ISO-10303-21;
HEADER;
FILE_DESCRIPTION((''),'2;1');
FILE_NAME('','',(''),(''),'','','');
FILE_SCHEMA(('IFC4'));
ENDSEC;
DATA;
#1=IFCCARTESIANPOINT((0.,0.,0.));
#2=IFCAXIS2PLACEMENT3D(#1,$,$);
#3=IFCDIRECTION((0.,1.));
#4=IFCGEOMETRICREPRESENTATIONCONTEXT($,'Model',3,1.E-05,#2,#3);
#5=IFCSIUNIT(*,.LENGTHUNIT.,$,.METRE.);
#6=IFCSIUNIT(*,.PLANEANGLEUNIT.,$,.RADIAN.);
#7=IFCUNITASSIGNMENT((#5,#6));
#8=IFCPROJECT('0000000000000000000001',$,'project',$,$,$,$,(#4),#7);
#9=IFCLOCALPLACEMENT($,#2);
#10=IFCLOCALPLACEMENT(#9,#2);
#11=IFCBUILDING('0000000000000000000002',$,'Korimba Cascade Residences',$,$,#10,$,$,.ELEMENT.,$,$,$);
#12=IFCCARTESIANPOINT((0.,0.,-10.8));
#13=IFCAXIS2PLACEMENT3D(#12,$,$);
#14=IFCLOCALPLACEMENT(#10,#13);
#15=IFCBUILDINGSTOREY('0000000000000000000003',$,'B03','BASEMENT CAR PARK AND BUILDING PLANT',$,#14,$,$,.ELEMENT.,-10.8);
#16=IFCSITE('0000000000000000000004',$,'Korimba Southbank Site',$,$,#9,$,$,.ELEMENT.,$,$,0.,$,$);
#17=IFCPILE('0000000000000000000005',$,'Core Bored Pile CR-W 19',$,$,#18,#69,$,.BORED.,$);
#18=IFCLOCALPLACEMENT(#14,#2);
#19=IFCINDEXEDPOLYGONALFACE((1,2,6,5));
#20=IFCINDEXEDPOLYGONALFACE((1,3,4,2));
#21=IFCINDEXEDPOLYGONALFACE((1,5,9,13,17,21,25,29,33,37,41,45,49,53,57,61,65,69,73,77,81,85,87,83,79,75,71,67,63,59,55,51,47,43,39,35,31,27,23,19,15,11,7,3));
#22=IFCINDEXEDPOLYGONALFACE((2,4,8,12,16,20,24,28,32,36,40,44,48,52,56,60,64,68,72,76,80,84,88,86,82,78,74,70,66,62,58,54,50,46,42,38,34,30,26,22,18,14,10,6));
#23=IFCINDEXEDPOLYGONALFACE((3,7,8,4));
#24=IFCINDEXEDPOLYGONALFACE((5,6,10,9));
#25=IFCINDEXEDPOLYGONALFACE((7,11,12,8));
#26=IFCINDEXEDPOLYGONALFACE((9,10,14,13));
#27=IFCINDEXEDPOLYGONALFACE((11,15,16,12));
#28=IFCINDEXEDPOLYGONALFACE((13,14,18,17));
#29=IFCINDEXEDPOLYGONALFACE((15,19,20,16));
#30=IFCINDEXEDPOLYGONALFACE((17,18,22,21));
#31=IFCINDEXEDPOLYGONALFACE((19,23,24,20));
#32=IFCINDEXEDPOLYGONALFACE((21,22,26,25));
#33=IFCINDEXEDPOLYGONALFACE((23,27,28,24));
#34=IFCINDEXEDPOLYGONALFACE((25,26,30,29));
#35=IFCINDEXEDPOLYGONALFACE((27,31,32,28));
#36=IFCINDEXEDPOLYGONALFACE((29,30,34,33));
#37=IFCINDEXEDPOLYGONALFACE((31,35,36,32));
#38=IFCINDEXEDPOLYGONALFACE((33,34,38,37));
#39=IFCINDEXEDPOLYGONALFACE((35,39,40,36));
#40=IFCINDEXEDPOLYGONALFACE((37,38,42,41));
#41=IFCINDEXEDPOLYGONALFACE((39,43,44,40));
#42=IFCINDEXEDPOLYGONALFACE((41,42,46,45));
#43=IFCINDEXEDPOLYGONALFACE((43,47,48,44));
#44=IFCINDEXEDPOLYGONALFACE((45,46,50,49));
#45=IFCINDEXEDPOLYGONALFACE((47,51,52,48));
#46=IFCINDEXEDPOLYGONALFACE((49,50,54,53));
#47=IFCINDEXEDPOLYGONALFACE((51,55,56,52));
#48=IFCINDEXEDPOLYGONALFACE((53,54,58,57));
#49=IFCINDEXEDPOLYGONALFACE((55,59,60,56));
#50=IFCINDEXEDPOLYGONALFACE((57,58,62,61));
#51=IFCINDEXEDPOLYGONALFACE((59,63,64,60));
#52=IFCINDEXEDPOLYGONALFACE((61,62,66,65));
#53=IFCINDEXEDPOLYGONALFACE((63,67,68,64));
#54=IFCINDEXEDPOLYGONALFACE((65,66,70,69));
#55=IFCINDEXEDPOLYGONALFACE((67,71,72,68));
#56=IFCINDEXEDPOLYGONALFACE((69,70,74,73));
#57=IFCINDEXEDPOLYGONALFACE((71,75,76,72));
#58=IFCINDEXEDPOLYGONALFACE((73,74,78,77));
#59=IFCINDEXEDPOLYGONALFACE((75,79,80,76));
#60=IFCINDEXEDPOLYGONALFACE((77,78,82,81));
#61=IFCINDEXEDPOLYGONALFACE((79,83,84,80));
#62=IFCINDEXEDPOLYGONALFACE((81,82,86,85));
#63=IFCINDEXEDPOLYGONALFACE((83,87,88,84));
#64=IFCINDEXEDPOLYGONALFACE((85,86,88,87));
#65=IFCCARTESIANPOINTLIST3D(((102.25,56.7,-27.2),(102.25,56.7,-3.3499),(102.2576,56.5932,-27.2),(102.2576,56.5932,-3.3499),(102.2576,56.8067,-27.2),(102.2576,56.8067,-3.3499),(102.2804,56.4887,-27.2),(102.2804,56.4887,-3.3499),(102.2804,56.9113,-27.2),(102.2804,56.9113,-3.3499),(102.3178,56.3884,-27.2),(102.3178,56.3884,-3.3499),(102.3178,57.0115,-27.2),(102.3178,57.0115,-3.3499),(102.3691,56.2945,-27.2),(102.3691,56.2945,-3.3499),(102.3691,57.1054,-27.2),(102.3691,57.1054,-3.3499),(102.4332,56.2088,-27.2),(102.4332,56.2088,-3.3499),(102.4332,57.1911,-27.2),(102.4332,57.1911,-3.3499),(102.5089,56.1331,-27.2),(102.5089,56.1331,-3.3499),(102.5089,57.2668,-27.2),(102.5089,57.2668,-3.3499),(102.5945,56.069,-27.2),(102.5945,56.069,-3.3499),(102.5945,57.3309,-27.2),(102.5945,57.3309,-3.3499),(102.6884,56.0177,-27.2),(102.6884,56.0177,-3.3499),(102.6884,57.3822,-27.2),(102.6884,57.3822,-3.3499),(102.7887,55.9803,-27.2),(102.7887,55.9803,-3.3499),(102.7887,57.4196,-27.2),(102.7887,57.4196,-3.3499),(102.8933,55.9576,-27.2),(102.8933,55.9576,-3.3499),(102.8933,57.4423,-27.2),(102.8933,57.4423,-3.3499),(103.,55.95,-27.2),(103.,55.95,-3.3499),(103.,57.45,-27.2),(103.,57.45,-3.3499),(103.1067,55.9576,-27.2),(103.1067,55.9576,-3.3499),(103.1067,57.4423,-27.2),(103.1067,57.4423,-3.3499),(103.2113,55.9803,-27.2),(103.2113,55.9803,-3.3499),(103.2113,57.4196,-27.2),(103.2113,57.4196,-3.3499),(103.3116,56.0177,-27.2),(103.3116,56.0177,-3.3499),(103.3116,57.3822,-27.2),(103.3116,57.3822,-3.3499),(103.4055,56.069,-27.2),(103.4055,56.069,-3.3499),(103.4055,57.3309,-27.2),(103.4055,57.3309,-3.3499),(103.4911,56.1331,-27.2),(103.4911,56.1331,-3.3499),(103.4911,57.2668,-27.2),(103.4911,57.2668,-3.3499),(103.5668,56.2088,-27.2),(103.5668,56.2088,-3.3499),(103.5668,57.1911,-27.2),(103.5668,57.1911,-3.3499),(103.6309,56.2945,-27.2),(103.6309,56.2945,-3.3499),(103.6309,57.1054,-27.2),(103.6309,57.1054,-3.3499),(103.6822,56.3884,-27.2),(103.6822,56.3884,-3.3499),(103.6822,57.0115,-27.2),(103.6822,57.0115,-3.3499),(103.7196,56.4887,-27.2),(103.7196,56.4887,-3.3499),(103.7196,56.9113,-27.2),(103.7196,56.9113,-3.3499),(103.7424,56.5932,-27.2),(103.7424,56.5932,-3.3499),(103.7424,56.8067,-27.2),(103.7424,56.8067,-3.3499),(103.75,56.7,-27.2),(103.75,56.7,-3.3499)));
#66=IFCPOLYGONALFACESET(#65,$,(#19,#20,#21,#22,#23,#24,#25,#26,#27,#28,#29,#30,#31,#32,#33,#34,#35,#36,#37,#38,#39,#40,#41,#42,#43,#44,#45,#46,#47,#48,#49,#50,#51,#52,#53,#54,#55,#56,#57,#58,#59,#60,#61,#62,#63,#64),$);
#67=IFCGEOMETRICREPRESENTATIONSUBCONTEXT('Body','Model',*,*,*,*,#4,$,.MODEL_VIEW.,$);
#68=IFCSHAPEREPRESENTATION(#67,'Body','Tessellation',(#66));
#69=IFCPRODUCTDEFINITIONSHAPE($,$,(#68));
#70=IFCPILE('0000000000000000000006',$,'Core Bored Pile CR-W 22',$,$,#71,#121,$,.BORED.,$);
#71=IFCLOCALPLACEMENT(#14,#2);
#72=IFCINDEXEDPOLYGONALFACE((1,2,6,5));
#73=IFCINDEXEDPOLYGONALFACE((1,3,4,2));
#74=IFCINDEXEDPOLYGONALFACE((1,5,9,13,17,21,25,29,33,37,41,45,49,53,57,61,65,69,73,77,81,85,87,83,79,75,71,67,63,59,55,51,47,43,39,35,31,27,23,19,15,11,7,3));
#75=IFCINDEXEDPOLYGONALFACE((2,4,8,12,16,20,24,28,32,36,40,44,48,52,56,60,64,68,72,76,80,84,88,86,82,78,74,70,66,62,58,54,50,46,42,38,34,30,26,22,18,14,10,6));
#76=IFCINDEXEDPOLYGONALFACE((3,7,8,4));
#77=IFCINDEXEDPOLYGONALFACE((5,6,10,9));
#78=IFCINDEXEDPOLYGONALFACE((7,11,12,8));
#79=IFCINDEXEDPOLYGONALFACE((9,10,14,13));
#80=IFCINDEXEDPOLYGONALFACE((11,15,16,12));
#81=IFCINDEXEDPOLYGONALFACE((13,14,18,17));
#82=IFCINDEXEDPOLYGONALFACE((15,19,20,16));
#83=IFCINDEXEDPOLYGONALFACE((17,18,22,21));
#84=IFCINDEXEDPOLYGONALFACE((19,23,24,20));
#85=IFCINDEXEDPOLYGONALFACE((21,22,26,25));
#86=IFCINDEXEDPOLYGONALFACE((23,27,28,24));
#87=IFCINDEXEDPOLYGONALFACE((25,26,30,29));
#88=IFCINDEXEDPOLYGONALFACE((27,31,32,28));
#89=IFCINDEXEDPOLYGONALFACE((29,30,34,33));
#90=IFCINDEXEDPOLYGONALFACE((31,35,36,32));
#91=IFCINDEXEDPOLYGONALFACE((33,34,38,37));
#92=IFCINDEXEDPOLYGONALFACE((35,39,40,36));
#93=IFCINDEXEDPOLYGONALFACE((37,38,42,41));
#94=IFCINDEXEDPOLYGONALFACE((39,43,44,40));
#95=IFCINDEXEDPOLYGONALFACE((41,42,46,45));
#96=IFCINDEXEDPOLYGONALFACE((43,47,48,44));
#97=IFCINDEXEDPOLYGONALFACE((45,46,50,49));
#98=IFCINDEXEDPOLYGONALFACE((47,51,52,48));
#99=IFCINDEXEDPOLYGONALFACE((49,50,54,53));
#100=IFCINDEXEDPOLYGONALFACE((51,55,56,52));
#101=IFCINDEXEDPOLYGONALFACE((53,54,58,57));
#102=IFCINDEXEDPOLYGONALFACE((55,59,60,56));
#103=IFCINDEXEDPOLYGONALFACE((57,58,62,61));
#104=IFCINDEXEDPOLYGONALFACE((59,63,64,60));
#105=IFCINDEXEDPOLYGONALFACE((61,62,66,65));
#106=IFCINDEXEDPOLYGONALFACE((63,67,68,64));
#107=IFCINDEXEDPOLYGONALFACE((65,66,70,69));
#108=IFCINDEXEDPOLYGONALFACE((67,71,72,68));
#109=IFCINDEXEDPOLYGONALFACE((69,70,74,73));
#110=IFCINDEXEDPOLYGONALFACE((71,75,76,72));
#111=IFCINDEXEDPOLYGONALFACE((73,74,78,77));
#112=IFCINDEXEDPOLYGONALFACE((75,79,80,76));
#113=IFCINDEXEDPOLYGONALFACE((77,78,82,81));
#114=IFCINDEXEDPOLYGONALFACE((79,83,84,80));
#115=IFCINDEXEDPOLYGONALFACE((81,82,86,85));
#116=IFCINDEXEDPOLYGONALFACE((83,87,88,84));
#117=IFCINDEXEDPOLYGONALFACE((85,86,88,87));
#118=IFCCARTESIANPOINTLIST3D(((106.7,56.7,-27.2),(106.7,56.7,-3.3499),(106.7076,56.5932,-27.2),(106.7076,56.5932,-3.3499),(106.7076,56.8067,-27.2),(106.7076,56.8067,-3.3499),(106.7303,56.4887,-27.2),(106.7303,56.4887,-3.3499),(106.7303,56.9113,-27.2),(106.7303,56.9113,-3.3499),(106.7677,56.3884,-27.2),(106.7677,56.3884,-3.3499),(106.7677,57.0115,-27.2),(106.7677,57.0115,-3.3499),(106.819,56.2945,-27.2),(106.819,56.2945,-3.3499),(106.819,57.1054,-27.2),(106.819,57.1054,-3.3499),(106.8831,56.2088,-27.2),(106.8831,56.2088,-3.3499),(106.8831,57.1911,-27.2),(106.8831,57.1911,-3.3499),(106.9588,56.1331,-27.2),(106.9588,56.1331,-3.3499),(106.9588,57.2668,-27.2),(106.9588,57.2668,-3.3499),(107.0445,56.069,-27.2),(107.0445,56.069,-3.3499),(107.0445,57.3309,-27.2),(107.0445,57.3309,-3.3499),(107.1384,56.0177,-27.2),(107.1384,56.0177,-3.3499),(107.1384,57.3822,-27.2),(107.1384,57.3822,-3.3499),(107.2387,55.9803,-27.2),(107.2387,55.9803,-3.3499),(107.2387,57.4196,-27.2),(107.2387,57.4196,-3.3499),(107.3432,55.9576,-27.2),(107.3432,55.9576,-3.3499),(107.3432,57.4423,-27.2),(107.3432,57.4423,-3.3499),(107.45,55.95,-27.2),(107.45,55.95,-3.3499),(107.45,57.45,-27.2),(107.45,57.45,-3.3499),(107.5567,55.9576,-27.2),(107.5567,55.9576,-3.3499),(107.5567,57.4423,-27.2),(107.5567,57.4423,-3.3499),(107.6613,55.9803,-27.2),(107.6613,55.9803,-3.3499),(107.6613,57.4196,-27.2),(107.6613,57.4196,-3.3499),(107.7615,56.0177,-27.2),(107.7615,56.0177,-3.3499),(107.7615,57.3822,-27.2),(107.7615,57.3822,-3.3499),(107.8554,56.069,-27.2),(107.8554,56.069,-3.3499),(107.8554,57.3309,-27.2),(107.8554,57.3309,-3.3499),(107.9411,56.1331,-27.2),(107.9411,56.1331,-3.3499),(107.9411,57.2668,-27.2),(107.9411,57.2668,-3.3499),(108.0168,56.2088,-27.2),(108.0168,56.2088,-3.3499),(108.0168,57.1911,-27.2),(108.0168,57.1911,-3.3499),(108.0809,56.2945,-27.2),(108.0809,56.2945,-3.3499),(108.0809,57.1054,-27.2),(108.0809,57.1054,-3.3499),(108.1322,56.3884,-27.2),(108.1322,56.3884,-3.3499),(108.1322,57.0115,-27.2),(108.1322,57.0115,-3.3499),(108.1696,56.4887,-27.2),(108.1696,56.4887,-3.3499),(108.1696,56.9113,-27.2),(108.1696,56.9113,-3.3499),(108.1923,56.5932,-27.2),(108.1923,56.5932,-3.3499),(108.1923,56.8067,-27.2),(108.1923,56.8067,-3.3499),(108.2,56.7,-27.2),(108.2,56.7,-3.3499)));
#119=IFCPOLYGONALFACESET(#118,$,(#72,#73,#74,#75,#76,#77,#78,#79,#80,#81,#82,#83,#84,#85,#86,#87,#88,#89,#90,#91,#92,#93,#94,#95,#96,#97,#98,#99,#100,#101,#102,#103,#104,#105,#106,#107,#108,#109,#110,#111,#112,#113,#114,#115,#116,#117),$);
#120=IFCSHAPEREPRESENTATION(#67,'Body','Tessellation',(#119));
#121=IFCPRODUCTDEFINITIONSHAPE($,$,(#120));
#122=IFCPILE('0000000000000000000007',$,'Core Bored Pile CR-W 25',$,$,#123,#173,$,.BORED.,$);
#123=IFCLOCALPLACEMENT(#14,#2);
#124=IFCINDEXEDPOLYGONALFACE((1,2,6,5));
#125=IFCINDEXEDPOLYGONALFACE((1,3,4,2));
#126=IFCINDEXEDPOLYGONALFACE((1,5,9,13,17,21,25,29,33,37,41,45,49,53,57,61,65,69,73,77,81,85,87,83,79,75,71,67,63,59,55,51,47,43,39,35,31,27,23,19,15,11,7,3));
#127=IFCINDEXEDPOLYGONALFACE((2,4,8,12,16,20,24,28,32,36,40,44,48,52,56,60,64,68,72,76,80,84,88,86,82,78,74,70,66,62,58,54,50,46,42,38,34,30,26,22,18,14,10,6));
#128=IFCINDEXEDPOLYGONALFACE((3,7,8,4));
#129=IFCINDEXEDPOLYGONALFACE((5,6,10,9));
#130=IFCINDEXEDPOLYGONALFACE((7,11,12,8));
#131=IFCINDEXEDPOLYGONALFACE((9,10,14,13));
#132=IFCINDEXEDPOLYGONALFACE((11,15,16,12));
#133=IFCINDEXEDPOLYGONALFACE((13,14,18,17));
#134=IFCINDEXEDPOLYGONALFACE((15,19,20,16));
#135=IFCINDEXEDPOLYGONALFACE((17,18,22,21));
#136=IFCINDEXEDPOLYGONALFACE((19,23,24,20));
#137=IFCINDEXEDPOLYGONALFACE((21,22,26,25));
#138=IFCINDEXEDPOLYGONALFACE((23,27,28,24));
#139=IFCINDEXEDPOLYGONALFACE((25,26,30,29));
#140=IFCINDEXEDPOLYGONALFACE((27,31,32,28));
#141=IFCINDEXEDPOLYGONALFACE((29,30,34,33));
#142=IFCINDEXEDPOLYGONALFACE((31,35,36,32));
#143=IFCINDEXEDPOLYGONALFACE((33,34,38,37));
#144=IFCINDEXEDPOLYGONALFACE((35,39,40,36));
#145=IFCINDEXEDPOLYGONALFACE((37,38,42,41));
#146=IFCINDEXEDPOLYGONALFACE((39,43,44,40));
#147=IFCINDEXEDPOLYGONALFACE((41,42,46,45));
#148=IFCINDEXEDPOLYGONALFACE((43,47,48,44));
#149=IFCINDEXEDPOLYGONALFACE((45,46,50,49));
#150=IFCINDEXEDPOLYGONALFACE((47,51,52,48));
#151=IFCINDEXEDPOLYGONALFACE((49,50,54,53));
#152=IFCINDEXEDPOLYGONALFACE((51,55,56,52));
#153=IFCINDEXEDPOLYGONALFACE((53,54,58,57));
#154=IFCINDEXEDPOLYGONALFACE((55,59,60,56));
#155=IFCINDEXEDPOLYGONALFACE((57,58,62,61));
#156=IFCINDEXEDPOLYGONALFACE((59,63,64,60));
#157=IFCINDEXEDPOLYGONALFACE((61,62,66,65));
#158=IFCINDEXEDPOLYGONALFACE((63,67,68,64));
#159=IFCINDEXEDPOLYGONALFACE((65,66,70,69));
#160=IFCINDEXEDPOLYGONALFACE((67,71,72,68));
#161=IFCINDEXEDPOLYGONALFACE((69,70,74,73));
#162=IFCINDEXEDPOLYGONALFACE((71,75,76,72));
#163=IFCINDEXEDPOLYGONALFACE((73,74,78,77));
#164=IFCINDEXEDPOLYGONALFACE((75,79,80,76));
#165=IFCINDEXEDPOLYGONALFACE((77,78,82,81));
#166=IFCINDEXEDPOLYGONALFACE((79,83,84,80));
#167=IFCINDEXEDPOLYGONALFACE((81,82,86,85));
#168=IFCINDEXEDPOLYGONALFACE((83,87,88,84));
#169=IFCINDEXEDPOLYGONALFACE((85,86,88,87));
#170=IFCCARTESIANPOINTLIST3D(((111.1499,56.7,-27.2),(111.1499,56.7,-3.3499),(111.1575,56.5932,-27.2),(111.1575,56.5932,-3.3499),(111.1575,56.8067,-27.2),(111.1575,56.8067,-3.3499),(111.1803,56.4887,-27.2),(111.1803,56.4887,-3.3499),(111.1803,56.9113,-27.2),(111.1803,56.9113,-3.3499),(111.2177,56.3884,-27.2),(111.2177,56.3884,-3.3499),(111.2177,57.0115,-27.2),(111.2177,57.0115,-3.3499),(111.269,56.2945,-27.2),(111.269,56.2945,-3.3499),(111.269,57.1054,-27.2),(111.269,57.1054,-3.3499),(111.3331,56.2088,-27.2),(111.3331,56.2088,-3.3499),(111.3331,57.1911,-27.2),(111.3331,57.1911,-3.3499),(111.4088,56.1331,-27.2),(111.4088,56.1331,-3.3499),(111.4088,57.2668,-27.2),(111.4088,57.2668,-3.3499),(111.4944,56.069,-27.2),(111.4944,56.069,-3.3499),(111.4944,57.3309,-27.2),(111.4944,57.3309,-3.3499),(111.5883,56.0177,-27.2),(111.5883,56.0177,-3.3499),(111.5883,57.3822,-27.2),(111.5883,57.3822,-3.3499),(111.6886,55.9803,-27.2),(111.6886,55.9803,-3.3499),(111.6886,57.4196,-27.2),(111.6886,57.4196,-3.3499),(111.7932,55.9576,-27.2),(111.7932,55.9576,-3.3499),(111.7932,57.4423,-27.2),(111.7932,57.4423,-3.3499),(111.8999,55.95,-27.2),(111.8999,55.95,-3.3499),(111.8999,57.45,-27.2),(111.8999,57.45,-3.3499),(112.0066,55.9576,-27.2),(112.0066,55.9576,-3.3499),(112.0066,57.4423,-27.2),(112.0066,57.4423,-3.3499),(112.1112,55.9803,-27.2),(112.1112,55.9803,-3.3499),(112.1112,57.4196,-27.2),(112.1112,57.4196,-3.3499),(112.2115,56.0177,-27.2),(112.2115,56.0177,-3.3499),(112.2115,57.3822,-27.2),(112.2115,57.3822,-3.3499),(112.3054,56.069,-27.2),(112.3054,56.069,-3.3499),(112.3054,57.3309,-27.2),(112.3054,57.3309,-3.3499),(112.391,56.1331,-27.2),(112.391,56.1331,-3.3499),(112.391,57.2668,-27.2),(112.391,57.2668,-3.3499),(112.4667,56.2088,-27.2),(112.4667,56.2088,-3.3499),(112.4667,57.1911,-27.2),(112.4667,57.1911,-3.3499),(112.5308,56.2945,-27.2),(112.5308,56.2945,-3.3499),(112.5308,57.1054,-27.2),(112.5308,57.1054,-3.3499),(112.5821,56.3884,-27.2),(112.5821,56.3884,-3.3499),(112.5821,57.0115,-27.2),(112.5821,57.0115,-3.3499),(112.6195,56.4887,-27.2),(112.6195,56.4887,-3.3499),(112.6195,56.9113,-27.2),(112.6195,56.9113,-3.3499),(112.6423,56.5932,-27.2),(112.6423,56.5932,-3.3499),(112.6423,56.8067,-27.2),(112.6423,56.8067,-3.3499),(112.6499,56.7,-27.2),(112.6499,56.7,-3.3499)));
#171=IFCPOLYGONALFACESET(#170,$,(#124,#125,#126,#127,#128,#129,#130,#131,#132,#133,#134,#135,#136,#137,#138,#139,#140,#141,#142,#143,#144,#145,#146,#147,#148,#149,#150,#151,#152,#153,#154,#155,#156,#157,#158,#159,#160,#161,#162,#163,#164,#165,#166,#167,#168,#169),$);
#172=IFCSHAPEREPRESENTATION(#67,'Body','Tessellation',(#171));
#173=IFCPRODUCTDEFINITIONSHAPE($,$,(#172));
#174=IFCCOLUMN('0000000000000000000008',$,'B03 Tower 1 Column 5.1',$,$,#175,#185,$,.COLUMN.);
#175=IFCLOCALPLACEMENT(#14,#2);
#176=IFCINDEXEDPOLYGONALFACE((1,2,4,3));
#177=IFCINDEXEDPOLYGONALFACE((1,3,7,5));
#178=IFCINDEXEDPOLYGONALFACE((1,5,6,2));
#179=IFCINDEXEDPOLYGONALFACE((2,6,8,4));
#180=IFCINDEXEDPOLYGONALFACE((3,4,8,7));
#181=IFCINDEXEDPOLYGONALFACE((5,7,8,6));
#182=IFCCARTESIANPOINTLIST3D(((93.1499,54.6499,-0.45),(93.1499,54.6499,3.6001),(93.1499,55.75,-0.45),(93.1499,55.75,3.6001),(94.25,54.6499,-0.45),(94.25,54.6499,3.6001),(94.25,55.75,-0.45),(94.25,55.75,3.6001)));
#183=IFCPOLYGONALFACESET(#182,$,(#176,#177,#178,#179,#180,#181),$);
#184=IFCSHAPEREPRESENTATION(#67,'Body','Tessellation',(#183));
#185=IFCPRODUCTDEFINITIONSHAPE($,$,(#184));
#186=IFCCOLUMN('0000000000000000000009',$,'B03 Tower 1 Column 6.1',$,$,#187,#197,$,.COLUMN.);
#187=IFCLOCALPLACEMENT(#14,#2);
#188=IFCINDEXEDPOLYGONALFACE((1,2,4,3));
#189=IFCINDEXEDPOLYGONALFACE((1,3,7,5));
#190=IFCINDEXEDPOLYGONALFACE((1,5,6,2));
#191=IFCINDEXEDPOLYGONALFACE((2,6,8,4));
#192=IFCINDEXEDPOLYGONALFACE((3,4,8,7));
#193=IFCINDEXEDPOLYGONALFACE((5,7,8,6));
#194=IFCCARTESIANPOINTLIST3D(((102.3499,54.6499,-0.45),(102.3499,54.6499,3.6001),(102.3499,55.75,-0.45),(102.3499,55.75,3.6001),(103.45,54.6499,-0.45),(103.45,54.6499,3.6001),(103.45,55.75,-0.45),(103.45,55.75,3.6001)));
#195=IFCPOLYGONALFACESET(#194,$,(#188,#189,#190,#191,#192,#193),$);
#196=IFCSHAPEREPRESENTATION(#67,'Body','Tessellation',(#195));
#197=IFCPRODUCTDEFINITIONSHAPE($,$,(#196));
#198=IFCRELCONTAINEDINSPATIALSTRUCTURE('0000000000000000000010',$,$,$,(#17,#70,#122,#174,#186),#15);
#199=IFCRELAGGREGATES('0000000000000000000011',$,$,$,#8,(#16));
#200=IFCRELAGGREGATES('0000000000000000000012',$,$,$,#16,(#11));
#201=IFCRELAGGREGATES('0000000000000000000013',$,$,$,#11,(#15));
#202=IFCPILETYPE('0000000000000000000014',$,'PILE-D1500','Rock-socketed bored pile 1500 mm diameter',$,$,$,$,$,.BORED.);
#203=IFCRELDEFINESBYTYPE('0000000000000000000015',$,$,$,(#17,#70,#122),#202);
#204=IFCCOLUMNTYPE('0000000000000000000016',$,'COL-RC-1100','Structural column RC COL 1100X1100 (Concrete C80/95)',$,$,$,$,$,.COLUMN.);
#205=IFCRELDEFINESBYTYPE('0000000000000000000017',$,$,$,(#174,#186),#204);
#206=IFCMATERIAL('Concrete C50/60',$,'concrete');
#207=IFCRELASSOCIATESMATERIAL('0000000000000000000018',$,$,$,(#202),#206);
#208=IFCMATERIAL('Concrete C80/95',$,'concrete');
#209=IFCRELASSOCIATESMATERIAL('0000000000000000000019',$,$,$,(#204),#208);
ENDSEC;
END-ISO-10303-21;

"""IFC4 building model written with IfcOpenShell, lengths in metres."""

from ifc_helpers import new_model, si_unit, direction, frame, origin, origin_2d, place, context, subcontext, project, spatial, rectangle, circle, extrude, material, material_profile, profile_set, type_object, element, save


model = new_model("IFC4")

# Units and contexts
model_context = context("Model", 3, precision=1e-05, world=origin(), true_north=direction((0.0, 1.0)))
body_context = subcontext(model_context, "Body", "Model", "MODEL_VIEW")
ifc_project = project(units=[si_unit("LENGTHUNIT", "METRE"), si_unit("PLANEANGLEUNIT", "RADIAN")], contexts=[model_context])

# Site, building, storey
site_placement = place(None, origin())
site = spatial("IfcSite", under=ifc_project, at=site_placement, Name="Korimba Southbank Site", CompositionType="ELEMENT", RefElevation=0.0)
building_placement = place(site_placement, origin())
building = spatial("IfcBuilding", under=site, at=building_placement, Name="Korimba Cascade Residences", CompositionType="ELEMENT")
storey_placement = place(building_placement, frame((0.0, 0.0, -10.8)))
storey = spatial("IfcBuildingStorey", under=building, at=storey_placement, Name="B03", Description="BASEMENT CAR PARK AND BUILDING PLANT", CompositionType="ELEMENT", Elevation=-10.8)

# Piles
ifc_material_1 = material(Name="Concrete C50/60", Category="concrete")
ifc_material_profile_1 = material_profile(ifc_material_1, circle(Radius=0.75, at=origin_2d()), Name="Concrete C50/60")
ifc_profile_set_1 = profile_set([ifc_material_profile_1], Name="Concrete C50/60")
pile_type = type_object("IfcPileType", Name="PILE-D1500", Description="Rock-socketed bored pile 1500 mm diameter", PredefinedType="BORED", material=ifc_profile_set_1)
for number, where, z_axis, x_axis, name in (
    (1, (103.0, 56.7, -3.3499), (0.0, 0.0, -1.0), (1.0, 0.0, 0.0), "Core Bored Pile CR-W 19"),
    (2, (107.45, 56.7, -3.3499), (0.0, 0.0, -1.0), (1.0, 0.0, 0.0), "Core Bored Pile CR-W 22"),
    (3, (111.8999, 56.7, -3.3499), (0.0, 0.0, -1.0), (1.0, 0.0, 0.0), "Core Bored Pile CR-W 25"),
):
    element("IfcPile", number, at=place(storey_placement, frame(where, z_axis=z_axis, x_axis=x_axis)), inside=storey, type_object=pile_type, Name=name, PredefinedType="BORED", context=body_context, shape_type="SweptSolid", body=[
        extrude(circle(Radius=0.75, at=origin_2d()), origin(), (0.0, 0.0, 1.0), 23.8501),
    ])

# Columns
ifc_material_2 = material(Name="Concrete C80/95", Category="concrete")
ifc_material_profile_2 = material_profile(ifc_material_2, rectangle(XDim=1.1001, YDim=1.1001, at=origin_2d()), Name="Concrete C80/95")
ifc_profile_set_2 = profile_set([ifc_material_profile_2], Name="Concrete C80/95")
column_type = type_object("IfcColumnType", Name="COL-RC-1100", Description="Structural column RC COL 1100X1100 (Concrete C80/95)", PredefinedType="COLUMN", material=ifc_profile_set_2)
for number, where, z_axis, x_axis, name in (
    (4, (93.7, 55.2, -0.45), (0.0, 0.0, 1.0), (1.0, 0.0, 0.0), "B03 Tower 1 Column 5.1"),
    (5, (102.8999, 55.2, -0.45), (0.0, 0.0, 1.0), (1.0, 0.0, 0.0), "B03 Tower 1 Column 6.1"),
):
    element("IfcColumn", number, at=place(storey_placement, frame(where, z_axis=z_axis, x_axis=x_axis)), inside=storey, type_object=column_type, Name=name, PredefinedType="COLUMN", context=body_context, shape_type="SweptSolid", body=[
        extrude(rectangle(XDim=1.1001, YDim=1.1001, at=origin_2d()), origin(), (0.0, 0.0, 1.0), 4.05),
    ])

save(model, "model.ifc")
